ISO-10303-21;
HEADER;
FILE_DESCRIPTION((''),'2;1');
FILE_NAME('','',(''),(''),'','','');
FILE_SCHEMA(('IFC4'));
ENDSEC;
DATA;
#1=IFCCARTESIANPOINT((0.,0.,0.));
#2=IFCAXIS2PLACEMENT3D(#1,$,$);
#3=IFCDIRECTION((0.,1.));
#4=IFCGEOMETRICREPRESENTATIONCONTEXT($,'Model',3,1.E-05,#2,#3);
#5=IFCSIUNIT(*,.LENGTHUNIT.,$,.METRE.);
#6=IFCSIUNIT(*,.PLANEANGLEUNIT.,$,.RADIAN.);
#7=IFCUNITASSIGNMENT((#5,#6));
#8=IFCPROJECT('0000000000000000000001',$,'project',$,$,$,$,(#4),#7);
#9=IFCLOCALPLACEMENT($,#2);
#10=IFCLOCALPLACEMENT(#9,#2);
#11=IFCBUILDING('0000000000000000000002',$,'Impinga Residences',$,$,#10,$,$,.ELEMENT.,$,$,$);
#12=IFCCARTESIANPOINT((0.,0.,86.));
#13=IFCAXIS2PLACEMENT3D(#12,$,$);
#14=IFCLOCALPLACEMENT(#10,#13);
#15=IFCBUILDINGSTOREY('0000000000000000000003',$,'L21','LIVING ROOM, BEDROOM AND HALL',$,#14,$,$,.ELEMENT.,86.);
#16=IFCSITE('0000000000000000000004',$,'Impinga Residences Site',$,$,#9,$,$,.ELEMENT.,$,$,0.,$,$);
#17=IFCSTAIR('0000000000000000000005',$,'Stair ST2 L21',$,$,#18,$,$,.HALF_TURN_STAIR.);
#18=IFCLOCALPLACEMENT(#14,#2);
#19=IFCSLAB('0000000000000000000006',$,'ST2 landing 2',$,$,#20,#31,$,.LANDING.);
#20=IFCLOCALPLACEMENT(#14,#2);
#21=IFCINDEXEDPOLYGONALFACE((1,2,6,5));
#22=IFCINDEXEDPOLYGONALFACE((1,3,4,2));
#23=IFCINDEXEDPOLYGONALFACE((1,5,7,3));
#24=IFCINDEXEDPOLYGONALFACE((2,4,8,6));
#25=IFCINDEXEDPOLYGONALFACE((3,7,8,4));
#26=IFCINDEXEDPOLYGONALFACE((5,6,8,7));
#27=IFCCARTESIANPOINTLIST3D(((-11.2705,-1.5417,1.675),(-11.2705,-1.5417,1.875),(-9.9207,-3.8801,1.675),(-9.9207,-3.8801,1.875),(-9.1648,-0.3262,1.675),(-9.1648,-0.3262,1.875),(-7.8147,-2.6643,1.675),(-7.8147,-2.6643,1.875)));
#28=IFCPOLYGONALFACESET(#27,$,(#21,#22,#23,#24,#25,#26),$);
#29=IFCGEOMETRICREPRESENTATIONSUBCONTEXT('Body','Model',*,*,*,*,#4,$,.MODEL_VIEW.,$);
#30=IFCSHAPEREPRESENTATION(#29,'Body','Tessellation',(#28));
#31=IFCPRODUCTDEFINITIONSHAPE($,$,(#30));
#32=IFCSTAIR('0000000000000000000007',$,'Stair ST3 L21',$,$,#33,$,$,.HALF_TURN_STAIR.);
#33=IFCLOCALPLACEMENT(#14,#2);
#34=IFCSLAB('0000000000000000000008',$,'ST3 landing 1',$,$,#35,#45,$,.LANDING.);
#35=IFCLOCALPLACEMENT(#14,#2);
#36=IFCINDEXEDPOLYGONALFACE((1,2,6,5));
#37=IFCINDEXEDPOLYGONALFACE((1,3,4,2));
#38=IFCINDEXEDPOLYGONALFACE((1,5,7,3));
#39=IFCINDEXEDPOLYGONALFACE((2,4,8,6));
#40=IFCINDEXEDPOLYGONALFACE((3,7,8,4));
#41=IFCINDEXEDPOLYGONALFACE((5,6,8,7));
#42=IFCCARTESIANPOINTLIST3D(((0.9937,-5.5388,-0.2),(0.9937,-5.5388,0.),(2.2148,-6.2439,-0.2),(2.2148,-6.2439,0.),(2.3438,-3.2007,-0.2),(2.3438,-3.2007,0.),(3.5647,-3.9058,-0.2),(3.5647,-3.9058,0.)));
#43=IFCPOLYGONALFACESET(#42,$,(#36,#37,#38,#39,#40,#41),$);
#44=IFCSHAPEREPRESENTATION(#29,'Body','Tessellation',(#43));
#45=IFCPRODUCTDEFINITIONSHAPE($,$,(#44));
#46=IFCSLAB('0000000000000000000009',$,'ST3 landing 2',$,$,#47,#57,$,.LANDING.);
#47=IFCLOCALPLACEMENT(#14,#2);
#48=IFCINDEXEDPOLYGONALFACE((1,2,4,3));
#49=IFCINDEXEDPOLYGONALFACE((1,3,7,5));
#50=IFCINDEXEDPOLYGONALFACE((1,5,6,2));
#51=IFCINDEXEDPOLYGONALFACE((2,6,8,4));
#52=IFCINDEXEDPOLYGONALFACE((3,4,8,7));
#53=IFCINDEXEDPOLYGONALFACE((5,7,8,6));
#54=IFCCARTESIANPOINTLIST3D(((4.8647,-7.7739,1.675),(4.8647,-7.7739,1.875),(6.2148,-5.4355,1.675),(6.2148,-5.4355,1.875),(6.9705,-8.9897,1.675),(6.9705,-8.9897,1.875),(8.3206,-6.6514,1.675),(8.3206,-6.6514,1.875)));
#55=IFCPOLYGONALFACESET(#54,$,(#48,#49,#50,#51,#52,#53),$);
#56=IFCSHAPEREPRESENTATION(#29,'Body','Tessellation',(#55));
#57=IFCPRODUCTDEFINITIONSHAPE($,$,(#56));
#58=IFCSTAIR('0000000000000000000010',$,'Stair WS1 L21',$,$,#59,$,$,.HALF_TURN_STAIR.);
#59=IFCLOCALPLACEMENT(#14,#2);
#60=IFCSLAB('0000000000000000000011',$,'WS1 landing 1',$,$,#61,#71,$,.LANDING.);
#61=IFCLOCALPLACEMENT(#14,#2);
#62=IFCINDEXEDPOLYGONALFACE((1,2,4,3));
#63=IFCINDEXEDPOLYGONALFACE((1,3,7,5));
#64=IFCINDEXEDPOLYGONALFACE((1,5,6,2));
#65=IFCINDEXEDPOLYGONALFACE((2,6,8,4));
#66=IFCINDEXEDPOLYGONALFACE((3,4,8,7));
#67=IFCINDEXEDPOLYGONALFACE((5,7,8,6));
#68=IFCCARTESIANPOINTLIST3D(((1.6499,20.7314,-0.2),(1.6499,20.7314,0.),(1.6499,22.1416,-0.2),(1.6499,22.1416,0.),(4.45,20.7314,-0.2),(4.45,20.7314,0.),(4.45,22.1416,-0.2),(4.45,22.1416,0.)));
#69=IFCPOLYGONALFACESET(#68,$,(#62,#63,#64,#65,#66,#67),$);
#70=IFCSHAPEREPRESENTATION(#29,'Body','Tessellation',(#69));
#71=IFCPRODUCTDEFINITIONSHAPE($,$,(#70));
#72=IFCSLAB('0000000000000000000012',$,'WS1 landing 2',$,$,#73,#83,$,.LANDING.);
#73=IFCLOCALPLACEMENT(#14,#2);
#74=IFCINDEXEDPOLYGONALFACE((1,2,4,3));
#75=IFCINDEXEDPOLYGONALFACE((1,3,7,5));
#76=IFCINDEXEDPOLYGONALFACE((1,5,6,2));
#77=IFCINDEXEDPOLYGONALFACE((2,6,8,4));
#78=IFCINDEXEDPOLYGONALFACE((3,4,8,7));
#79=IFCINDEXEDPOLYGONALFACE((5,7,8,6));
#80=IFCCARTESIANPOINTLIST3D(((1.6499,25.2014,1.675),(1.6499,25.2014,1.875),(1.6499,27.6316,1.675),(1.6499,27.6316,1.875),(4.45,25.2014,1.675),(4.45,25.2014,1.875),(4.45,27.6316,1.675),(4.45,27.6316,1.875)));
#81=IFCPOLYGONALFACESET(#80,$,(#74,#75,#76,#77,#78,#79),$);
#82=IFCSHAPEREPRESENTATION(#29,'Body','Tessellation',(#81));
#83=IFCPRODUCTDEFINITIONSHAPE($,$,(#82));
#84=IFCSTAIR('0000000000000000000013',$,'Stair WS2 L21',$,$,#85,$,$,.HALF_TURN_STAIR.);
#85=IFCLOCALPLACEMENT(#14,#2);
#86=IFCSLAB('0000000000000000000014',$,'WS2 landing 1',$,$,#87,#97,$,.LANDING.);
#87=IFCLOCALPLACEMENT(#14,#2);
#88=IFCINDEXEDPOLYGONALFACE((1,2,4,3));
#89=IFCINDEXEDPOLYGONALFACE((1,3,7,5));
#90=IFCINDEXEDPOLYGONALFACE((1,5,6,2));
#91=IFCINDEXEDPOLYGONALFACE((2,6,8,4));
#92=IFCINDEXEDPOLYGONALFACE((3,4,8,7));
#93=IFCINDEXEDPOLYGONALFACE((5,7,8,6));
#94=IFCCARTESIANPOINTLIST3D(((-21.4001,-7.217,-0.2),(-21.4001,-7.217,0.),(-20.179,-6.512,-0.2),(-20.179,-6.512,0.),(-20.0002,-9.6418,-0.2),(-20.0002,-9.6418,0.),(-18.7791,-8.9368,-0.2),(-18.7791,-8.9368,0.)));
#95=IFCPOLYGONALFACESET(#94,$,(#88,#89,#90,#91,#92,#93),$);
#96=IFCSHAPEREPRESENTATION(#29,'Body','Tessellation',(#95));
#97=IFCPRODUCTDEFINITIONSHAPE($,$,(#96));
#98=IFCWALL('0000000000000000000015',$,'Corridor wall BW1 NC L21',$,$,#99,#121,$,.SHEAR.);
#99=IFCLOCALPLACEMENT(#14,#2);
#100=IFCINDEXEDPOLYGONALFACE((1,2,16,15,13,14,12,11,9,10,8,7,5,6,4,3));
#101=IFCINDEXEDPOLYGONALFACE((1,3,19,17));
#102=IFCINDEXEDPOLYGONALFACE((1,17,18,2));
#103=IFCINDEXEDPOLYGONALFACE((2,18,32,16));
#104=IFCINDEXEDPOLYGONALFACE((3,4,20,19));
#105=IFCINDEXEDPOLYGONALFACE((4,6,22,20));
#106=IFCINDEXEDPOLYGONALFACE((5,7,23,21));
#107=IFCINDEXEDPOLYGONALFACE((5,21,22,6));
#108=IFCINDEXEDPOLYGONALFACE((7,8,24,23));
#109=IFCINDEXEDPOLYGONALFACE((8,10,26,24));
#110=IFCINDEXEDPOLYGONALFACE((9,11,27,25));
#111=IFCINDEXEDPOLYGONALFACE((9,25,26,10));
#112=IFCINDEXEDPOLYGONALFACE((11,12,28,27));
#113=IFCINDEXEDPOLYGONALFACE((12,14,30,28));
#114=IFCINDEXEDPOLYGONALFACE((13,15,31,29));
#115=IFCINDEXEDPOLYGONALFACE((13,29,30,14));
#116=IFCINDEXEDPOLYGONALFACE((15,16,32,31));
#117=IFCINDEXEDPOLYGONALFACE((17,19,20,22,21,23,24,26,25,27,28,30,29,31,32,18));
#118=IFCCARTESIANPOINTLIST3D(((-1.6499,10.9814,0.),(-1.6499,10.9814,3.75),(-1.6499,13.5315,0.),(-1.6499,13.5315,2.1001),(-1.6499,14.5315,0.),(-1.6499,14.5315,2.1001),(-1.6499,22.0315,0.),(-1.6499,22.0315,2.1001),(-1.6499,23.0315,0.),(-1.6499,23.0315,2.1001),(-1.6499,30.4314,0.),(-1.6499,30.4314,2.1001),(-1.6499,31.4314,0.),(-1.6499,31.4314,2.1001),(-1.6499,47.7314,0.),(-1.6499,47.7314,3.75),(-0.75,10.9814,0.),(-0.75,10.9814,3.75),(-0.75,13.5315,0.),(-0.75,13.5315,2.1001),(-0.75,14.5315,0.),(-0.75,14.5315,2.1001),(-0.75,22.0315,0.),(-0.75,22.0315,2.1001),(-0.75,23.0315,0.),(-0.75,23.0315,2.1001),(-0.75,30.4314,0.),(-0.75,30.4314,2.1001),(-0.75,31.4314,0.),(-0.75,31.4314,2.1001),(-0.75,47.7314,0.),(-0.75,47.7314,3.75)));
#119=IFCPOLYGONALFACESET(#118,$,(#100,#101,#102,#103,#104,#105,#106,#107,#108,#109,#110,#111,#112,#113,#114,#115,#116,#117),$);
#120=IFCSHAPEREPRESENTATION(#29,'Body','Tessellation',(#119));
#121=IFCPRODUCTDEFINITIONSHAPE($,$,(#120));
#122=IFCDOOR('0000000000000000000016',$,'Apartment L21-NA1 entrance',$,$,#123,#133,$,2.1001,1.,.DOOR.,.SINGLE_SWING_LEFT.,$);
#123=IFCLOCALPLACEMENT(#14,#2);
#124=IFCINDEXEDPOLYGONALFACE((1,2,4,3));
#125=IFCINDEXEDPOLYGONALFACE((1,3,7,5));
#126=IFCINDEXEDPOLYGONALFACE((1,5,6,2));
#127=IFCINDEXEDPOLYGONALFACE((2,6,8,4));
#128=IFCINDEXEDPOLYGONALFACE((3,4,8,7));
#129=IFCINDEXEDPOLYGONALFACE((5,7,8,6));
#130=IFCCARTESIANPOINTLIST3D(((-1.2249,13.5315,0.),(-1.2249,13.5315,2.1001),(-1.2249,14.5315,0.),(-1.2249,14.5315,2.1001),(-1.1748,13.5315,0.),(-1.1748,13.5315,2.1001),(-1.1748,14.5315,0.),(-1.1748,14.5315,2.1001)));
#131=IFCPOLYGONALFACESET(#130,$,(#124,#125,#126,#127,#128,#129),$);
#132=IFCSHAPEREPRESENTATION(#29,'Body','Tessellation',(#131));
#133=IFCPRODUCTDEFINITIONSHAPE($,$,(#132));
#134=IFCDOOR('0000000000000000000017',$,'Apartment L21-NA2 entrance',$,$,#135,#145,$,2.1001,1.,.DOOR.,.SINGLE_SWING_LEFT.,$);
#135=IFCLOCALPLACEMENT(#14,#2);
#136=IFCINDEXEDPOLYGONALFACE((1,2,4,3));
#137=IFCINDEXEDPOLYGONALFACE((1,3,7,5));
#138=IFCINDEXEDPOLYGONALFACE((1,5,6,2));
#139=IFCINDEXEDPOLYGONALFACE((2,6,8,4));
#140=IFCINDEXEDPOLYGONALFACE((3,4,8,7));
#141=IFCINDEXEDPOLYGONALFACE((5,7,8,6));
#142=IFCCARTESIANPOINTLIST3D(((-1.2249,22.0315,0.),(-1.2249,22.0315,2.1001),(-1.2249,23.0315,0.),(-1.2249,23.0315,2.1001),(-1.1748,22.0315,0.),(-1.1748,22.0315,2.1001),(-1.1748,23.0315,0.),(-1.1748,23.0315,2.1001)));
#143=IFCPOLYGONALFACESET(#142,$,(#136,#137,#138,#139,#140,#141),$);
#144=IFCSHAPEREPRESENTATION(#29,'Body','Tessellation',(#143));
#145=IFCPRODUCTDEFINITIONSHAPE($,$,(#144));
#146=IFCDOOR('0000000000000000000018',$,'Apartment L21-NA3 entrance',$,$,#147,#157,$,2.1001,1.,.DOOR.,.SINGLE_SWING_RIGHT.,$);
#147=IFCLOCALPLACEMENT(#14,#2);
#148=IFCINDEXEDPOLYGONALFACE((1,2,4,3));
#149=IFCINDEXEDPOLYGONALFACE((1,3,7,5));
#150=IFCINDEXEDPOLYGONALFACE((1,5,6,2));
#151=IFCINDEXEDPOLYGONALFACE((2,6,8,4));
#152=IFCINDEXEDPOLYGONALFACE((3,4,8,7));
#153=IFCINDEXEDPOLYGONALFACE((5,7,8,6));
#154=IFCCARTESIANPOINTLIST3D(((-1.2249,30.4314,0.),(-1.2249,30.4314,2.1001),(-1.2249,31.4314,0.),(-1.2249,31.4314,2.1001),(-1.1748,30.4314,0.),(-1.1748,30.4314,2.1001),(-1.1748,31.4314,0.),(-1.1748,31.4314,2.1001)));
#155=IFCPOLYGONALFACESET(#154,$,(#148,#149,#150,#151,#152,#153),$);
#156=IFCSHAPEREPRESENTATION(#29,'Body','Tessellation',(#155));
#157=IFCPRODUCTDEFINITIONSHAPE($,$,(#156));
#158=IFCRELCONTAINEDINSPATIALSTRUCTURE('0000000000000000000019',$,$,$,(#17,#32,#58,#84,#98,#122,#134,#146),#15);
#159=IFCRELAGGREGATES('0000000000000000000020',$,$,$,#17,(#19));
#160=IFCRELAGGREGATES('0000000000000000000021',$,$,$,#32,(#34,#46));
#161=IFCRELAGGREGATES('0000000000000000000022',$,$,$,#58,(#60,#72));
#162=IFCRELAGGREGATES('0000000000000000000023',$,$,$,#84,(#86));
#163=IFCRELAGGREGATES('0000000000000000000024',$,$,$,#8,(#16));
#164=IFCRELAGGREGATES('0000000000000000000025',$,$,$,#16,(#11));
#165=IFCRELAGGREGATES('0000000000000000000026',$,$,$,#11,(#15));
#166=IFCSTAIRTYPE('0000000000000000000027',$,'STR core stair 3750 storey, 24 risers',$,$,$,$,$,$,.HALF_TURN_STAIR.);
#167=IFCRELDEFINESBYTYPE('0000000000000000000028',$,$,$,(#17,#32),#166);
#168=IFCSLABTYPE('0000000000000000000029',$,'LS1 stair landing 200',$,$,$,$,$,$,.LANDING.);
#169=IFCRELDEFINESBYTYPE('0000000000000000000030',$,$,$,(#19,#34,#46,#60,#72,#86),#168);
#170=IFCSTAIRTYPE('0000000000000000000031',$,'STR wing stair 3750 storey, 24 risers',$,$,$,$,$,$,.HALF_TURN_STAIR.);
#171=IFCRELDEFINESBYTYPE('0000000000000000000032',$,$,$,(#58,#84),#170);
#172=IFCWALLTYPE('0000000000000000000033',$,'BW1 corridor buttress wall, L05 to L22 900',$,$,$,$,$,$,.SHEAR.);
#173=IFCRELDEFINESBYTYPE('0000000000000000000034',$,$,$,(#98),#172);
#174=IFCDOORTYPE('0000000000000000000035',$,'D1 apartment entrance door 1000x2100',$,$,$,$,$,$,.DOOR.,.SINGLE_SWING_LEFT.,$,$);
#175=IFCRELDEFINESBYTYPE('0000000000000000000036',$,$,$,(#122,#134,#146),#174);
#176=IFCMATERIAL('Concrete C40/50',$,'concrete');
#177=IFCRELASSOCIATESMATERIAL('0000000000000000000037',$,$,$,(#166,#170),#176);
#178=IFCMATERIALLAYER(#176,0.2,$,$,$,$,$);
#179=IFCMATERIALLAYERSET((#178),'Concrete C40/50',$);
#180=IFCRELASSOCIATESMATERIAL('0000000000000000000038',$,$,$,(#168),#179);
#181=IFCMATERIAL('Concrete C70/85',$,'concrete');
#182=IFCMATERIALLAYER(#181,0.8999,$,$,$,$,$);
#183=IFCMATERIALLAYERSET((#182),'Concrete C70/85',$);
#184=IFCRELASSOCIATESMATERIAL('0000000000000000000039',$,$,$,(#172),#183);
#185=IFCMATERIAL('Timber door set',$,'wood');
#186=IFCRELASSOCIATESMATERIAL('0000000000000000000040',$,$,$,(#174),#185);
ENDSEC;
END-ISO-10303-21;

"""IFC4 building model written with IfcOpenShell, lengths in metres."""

from ifc_helpers import new_model, si_unit, direction, frame, frame_2d, origin, place, context, subcontext, project, spatial, polyline, rectangle, outline, extrude, material, layer, layer_set, type_object, element, fill, aggregate, save


model = new_model("IFC4")

# Units and contexts
model_context = context("Model", 3, precision=1e-05, world=origin(), true_north=direction((0.0, 1.0)))
body_context = subcontext(model_context, "Body", "Model", "MODEL_VIEW")
ifc_project = project(units=[si_unit("LENGTHUNIT", "METRE"), si_unit("PLANEANGLEUNIT", "RADIAN")], contexts=[model_context])

# Site, building, storey
site_placement = place(None, origin())
site = spatial("IfcSite", under=ifc_project, at=site_placement, Name="Impinga Residences Site", CompositionType="ELEMENT", RefElevation=0.0)
building_placement = place(site_placement, origin())
building = spatial("IfcBuilding", under=site, at=building_placement, Name="Impinga Residences", CompositionType="ELEMENT")
storey_placement = place(building_placement, frame((0.0, 0.0, 86.0)))
storey = spatial("IfcBuildingStorey", under=building, at=storey_placement, Name="L21", Description="LIVING ROOM, BEDROOM AND HALL", CompositionType="ELEMENT", Elevation=86.0)

# Stair, slab
ifc_material_1 = material(Name="Concrete C40/50", Category="concrete")
stair_type_1 = type_object("IfcStairType", Name="STR core stair 3750 storey, 24 risers", PredefinedType="HALF_TURN_STAIR", material=ifc_material_1)
stair_1_placement = place(storey_placement, origin())
stair_1 = element("IfcStair", 1, at=stair_1_placement, inside=storey, type_object=stair_type_1, Name="Stair ST2 L21", PredefinedType="HALF_TURN_STAIR")
ifc_layer_1 = layer(ifc_material_1, 0.2)
ifc_layer_set_1 = layer_set([ifc_layer_1], Name="Concrete C40/50")
slab_type = type_object("IfcSlabType", Name="LS1 stair landing 200", PredefinedType="LANDING", material=ifc_layer_set_1)
slab_1_placement = place(storey_placement, frame((0.0, 0.0, 1.675)))
slab_1 = element("IfcSlab", 2, at=slab_1_placement, type_object=slab_type, Name="ST2 landing 2", PredefinedType="LANDING", context=body_context, shape_type="SweptSolid", body=[
    extrude(outline(polyline([(-7.8147, -2.6643), (-9.1648, -0.3262), (-11.2705, -1.5417), (-9.9207, -3.8801), (-7.8147, -2.6643)])), origin(), (0.0, 0.0, 1.0), 0.2),
])
aggregate(stair_1, [slab_1])

# Stairs, slabs
stair_2_placement = place(storey_placement, origin())
stair_2 = element("IfcStair", 3, at=stair_2_placement, inside=storey, type_object=stair_type_1, Name="Stair ST3 L21", PredefinedType="HALF_TURN_STAIR")
slab_2_placement = place(storey_placement, frame((0.0, 0.0, -0.2)))
slab_2 = element("IfcSlab", 4, at=slab_2_placement, type_object=slab_type, Name="ST3 landing 1", PredefinedType="LANDING", context=body_context, shape_type="SweptSolid", body=[
    extrude(outline(polyline([(2.3438, -3.2007), (0.9937, -5.5388), (2.2148, -6.2439), (3.5647, -3.9058), (2.3438, -3.2007)])), origin(), (0.0, 0.0, 1.0), 0.2),
])
slab_3_placement = place(storey_placement, frame((0.0, 0.0, 1.675)))
slab_3 = element("IfcSlab", 5, at=slab_3_placement, type_object=slab_type, Name="ST3 landing 2", PredefinedType="LANDING", context=body_context, shape_type="SweptSolid", body=[
    extrude(outline(polyline([(6.2148, -5.4355), (4.8647, -7.7739), (6.9705, -8.9897), (8.3206, -6.6514), (6.2148, -5.4355)])), origin(), (0.0, 0.0, 1.0), 0.2),
])
aggregate(stair_2, [slab_2, slab_3])
stair_type_2 = type_object("IfcStairType", Name="STR wing stair 3750 storey, 24 risers", PredefinedType="HALF_TURN_STAIR", material=ifc_material_1)
stair_3_placement = place(storey_placement, origin())
stair_3 = element("IfcStair", 6, at=stair_3_placement, inside=storey, type_object=stair_type_2, Name="Stair WS1 L21", PredefinedType="HALF_TURN_STAIR")
slab_4_placement = place(storey_placement, frame((0.0, 0.0, -0.2)))
slab_4 = element("IfcSlab", 7, at=slab_4_placement, type_object=slab_type, Name="WS1 landing 1", PredefinedType="LANDING", context=body_context, shape_type="SweptSolid", body=[
    extrude(outline(polyline([(1.6499, 20.7314), (4.45, 20.7314), (4.45, 22.1416), (1.6499, 22.1416), (1.6499, 20.7314)])), origin(), (0.0, 0.0, 1.0), 0.2),
])
slab_5_placement = place(storey_placement, frame((0.0, 0.0, 1.675)))
slab_5 = element("IfcSlab", 8, at=slab_5_placement, type_object=slab_type, Name="WS1 landing 2", PredefinedType="LANDING", context=body_context, shape_type="SweptSolid", body=[
    extrude(outline(polyline([(1.6499, 25.2014), (4.45, 25.2014), (4.45, 27.6316), (1.6499, 27.6316), (1.6499, 25.2014)])), origin(), (0.0, 0.0, 1.0), 0.2),
])
aggregate(stair_3, [slab_4, slab_5])

# Stair, slab
stair_4_placement = place(storey_placement, origin())
stair_4 = element("IfcStair", 9, at=stair_4_placement, inside=storey, type_object=stair_type_2, Name="Stair WS2 L21", PredefinedType="HALF_TURN_STAIR")
slab_6_placement = place(storey_placement, frame((0.0, 0.0, -0.2)))
slab_6 = element("IfcSlab", 10, at=slab_6_placement, type_object=slab_type, Name="WS2 landing 1", PredefinedType="LANDING", context=body_context, shape_type="SweptSolid", body=[
    extrude(outline(polyline([(-18.7791, -8.9368), (-20.179, -6.512), (-21.4001, -7.217), (-20.0002, -9.6418), (-18.7791, -8.9368)])), origin(), (0.0, 0.0, 1.0), 0.2),
])
aggregate(stair_4, [slab_6])

# Wall, openings, doors
ifc_material_2 = material(Name="Concrete C70/85", Category="concrete")
ifc_layer_2 = layer(ifc_material_2, 0.8999)
ifc_layer_set_2 = layer_set([ifc_layer_2], Name="Concrete C70/85")
wall_type_1 = type_object("IfcWallType", Name="BW1 corridor buttress wall, L05 to L22 900", PredefinedType="SHEAR", material=ifc_layer_set_2)
wall_1_placement = place(storey_placement, frame((-1.2, 10.9814, 0.0), z_axis=(0.0, 0.0, 1.0), x_axis=(0.0, 1.0, 0.0)))
wall_1 = element("IfcWall", 11, at=wall_1_placement, inside=storey, type_object=wall_type_1, Name="Corridor wall BW1 NC L21", PredefinedType="SHEAR", context=body_context, shape_type="SweptSolid", body=[
    extrude(rectangle(XDim=36.75, YDim=0.8999, at=frame_2d((18.375, 0.0))), origin(), (0.0, 0.0, 1.0), 3.75),
])
opening_1_placement = place(wall_1_placement, frame((2.55, 0.0, 0.0)))
opening_1 = element("IfcOpeningElement", 12, at=opening_1_placement, cuts=wall_1, PredefinedType="OPENING", context=body_context, shape_type="SweptSolid", body=[
    extrude(rectangle(XDim=1.0, YDim=2.1001, at=frame_2d((0.5, 1.05))), frame((0.0, 0.46, 0.0), z_axis=(0.0, -1.0, 0.0), x_axis=(1.0, 0.0, 0.0)), (0.0, 0.0, 1.0), 0.9199),
])
opening_2_placement = place(wall_1_placement, frame((11.05, 0.0, 0.0)))
opening_2 = element("IfcOpeningElement", 13, at=opening_2_placement, cuts=wall_1, PredefinedType="OPENING", context=body_context, shape_type="SweptSolid", body=[
    extrude(rectangle(XDim=1.0, YDim=2.1001, at=frame_2d((0.5, 1.05))), frame((0.0, 0.46, 0.0), z_axis=(0.0, -1.0, 0.0), x_axis=(1.0, 0.0, 0.0)), (0.0, 0.0, 1.0), 0.9199),
])
opening_3_placement = place(wall_1_placement, frame((19.45, 0.0, 0.0)))
opening_3 = element("IfcOpeningElement", 14, at=opening_3_placement, cuts=wall_1, PredefinedType="OPENING", context=body_context, shape_type="SweptSolid", body=[
    extrude(rectangle(XDim=1.0, YDim=2.1001, at=frame_2d((0.5, 1.05))), frame((0.0, 0.46, 0.0), z_axis=(0.0, -1.0, 0.0), x_axis=(1.0, 0.0, 0.0)), (0.0, 0.0, 1.0), 0.9199),
])
ifc_material_3 = material(Name="Timber door set", Category="wood")
door_type_1 = type_object("IfcDoorType", Name="D1 apartment entrance door 1000x2100", OperationType="SINGLE_SWING_LEFT", PredefinedType="DOOR", material=ifc_material_3)
door_1_placement = place(opening_1_placement, origin())
door_1 = element("IfcDoor", 15, at=door_1_placement, inside=storey, type_object=door_type_1, Name="Apartment L21-NA1 entrance", OperationType="SINGLE_SWING_LEFT", OverallHeight=2.1001, OverallWidth=1.0, PredefinedType="DOOR", context=body_context, shape_type="SweptSolid", body=[
    extrude(rectangle(XDim=1.0, YDim=2.1001, at=frame_2d((0.5, 1.05))), frame((0.0, 0.0249, 0.0), z_axis=(0.0, -1.0, 0.0), x_axis=(1.0, 0.0, 0.0)), (0.0, 0.0, 1.0), 0.05),
])
fill(opening_1, door_1)
door_2_placement = place(opening_2_placement, origin())
door_2 = element("IfcDoor", 16, at=door_2_placement, inside=storey, type_object=door_type_1, Name="Apartment L21-NA2 entrance", OperationType="SINGLE_SWING_LEFT", OverallHeight=2.1001, OverallWidth=1.0, PredefinedType="DOOR", context=body_context, shape_type="SweptSolid", body=[
    extrude(rectangle(XDim=1.0, YDim=2.1001, at=frame_2d((0.5, 1.05))), frame((0.0, 0.0249, 0.0), z_axis=(0.0, -1.0, 0.0), x_axis=(1.0, 0.0, 0.0)), (0.0, 0.0, 1.0), 0.05),
])
fill(opening_2, door_2)
door_3_placement = place(opening_3_placement, origin())
door_3 = element("IfcDoor", 17, at=door_3_placement, inside=storey, type_object=door_type_1, Name="Apartment L21-NA3 entrance", OperationType="SINGLE_SWING_RIGHT", OverallHeight=2.1001, OverallWidth=1.0, PredefinedType="DOOR", context=body_context, shape_type="SweptSolid", body=[
    extrude(rectangle(XDim=1.0, YDim=2.1001, at=frame_2d((0.5, 1.05))), frame((0.0, 0.0249, 0.0), z_axis=(0.0, -1.0, 0.0), x_axis=(1.0, 0.0, 0.0)), (0.0, 0.0, 1.0), 0.05),
])
fill(opening_3, door_3)

save(model, "model.ifc")
